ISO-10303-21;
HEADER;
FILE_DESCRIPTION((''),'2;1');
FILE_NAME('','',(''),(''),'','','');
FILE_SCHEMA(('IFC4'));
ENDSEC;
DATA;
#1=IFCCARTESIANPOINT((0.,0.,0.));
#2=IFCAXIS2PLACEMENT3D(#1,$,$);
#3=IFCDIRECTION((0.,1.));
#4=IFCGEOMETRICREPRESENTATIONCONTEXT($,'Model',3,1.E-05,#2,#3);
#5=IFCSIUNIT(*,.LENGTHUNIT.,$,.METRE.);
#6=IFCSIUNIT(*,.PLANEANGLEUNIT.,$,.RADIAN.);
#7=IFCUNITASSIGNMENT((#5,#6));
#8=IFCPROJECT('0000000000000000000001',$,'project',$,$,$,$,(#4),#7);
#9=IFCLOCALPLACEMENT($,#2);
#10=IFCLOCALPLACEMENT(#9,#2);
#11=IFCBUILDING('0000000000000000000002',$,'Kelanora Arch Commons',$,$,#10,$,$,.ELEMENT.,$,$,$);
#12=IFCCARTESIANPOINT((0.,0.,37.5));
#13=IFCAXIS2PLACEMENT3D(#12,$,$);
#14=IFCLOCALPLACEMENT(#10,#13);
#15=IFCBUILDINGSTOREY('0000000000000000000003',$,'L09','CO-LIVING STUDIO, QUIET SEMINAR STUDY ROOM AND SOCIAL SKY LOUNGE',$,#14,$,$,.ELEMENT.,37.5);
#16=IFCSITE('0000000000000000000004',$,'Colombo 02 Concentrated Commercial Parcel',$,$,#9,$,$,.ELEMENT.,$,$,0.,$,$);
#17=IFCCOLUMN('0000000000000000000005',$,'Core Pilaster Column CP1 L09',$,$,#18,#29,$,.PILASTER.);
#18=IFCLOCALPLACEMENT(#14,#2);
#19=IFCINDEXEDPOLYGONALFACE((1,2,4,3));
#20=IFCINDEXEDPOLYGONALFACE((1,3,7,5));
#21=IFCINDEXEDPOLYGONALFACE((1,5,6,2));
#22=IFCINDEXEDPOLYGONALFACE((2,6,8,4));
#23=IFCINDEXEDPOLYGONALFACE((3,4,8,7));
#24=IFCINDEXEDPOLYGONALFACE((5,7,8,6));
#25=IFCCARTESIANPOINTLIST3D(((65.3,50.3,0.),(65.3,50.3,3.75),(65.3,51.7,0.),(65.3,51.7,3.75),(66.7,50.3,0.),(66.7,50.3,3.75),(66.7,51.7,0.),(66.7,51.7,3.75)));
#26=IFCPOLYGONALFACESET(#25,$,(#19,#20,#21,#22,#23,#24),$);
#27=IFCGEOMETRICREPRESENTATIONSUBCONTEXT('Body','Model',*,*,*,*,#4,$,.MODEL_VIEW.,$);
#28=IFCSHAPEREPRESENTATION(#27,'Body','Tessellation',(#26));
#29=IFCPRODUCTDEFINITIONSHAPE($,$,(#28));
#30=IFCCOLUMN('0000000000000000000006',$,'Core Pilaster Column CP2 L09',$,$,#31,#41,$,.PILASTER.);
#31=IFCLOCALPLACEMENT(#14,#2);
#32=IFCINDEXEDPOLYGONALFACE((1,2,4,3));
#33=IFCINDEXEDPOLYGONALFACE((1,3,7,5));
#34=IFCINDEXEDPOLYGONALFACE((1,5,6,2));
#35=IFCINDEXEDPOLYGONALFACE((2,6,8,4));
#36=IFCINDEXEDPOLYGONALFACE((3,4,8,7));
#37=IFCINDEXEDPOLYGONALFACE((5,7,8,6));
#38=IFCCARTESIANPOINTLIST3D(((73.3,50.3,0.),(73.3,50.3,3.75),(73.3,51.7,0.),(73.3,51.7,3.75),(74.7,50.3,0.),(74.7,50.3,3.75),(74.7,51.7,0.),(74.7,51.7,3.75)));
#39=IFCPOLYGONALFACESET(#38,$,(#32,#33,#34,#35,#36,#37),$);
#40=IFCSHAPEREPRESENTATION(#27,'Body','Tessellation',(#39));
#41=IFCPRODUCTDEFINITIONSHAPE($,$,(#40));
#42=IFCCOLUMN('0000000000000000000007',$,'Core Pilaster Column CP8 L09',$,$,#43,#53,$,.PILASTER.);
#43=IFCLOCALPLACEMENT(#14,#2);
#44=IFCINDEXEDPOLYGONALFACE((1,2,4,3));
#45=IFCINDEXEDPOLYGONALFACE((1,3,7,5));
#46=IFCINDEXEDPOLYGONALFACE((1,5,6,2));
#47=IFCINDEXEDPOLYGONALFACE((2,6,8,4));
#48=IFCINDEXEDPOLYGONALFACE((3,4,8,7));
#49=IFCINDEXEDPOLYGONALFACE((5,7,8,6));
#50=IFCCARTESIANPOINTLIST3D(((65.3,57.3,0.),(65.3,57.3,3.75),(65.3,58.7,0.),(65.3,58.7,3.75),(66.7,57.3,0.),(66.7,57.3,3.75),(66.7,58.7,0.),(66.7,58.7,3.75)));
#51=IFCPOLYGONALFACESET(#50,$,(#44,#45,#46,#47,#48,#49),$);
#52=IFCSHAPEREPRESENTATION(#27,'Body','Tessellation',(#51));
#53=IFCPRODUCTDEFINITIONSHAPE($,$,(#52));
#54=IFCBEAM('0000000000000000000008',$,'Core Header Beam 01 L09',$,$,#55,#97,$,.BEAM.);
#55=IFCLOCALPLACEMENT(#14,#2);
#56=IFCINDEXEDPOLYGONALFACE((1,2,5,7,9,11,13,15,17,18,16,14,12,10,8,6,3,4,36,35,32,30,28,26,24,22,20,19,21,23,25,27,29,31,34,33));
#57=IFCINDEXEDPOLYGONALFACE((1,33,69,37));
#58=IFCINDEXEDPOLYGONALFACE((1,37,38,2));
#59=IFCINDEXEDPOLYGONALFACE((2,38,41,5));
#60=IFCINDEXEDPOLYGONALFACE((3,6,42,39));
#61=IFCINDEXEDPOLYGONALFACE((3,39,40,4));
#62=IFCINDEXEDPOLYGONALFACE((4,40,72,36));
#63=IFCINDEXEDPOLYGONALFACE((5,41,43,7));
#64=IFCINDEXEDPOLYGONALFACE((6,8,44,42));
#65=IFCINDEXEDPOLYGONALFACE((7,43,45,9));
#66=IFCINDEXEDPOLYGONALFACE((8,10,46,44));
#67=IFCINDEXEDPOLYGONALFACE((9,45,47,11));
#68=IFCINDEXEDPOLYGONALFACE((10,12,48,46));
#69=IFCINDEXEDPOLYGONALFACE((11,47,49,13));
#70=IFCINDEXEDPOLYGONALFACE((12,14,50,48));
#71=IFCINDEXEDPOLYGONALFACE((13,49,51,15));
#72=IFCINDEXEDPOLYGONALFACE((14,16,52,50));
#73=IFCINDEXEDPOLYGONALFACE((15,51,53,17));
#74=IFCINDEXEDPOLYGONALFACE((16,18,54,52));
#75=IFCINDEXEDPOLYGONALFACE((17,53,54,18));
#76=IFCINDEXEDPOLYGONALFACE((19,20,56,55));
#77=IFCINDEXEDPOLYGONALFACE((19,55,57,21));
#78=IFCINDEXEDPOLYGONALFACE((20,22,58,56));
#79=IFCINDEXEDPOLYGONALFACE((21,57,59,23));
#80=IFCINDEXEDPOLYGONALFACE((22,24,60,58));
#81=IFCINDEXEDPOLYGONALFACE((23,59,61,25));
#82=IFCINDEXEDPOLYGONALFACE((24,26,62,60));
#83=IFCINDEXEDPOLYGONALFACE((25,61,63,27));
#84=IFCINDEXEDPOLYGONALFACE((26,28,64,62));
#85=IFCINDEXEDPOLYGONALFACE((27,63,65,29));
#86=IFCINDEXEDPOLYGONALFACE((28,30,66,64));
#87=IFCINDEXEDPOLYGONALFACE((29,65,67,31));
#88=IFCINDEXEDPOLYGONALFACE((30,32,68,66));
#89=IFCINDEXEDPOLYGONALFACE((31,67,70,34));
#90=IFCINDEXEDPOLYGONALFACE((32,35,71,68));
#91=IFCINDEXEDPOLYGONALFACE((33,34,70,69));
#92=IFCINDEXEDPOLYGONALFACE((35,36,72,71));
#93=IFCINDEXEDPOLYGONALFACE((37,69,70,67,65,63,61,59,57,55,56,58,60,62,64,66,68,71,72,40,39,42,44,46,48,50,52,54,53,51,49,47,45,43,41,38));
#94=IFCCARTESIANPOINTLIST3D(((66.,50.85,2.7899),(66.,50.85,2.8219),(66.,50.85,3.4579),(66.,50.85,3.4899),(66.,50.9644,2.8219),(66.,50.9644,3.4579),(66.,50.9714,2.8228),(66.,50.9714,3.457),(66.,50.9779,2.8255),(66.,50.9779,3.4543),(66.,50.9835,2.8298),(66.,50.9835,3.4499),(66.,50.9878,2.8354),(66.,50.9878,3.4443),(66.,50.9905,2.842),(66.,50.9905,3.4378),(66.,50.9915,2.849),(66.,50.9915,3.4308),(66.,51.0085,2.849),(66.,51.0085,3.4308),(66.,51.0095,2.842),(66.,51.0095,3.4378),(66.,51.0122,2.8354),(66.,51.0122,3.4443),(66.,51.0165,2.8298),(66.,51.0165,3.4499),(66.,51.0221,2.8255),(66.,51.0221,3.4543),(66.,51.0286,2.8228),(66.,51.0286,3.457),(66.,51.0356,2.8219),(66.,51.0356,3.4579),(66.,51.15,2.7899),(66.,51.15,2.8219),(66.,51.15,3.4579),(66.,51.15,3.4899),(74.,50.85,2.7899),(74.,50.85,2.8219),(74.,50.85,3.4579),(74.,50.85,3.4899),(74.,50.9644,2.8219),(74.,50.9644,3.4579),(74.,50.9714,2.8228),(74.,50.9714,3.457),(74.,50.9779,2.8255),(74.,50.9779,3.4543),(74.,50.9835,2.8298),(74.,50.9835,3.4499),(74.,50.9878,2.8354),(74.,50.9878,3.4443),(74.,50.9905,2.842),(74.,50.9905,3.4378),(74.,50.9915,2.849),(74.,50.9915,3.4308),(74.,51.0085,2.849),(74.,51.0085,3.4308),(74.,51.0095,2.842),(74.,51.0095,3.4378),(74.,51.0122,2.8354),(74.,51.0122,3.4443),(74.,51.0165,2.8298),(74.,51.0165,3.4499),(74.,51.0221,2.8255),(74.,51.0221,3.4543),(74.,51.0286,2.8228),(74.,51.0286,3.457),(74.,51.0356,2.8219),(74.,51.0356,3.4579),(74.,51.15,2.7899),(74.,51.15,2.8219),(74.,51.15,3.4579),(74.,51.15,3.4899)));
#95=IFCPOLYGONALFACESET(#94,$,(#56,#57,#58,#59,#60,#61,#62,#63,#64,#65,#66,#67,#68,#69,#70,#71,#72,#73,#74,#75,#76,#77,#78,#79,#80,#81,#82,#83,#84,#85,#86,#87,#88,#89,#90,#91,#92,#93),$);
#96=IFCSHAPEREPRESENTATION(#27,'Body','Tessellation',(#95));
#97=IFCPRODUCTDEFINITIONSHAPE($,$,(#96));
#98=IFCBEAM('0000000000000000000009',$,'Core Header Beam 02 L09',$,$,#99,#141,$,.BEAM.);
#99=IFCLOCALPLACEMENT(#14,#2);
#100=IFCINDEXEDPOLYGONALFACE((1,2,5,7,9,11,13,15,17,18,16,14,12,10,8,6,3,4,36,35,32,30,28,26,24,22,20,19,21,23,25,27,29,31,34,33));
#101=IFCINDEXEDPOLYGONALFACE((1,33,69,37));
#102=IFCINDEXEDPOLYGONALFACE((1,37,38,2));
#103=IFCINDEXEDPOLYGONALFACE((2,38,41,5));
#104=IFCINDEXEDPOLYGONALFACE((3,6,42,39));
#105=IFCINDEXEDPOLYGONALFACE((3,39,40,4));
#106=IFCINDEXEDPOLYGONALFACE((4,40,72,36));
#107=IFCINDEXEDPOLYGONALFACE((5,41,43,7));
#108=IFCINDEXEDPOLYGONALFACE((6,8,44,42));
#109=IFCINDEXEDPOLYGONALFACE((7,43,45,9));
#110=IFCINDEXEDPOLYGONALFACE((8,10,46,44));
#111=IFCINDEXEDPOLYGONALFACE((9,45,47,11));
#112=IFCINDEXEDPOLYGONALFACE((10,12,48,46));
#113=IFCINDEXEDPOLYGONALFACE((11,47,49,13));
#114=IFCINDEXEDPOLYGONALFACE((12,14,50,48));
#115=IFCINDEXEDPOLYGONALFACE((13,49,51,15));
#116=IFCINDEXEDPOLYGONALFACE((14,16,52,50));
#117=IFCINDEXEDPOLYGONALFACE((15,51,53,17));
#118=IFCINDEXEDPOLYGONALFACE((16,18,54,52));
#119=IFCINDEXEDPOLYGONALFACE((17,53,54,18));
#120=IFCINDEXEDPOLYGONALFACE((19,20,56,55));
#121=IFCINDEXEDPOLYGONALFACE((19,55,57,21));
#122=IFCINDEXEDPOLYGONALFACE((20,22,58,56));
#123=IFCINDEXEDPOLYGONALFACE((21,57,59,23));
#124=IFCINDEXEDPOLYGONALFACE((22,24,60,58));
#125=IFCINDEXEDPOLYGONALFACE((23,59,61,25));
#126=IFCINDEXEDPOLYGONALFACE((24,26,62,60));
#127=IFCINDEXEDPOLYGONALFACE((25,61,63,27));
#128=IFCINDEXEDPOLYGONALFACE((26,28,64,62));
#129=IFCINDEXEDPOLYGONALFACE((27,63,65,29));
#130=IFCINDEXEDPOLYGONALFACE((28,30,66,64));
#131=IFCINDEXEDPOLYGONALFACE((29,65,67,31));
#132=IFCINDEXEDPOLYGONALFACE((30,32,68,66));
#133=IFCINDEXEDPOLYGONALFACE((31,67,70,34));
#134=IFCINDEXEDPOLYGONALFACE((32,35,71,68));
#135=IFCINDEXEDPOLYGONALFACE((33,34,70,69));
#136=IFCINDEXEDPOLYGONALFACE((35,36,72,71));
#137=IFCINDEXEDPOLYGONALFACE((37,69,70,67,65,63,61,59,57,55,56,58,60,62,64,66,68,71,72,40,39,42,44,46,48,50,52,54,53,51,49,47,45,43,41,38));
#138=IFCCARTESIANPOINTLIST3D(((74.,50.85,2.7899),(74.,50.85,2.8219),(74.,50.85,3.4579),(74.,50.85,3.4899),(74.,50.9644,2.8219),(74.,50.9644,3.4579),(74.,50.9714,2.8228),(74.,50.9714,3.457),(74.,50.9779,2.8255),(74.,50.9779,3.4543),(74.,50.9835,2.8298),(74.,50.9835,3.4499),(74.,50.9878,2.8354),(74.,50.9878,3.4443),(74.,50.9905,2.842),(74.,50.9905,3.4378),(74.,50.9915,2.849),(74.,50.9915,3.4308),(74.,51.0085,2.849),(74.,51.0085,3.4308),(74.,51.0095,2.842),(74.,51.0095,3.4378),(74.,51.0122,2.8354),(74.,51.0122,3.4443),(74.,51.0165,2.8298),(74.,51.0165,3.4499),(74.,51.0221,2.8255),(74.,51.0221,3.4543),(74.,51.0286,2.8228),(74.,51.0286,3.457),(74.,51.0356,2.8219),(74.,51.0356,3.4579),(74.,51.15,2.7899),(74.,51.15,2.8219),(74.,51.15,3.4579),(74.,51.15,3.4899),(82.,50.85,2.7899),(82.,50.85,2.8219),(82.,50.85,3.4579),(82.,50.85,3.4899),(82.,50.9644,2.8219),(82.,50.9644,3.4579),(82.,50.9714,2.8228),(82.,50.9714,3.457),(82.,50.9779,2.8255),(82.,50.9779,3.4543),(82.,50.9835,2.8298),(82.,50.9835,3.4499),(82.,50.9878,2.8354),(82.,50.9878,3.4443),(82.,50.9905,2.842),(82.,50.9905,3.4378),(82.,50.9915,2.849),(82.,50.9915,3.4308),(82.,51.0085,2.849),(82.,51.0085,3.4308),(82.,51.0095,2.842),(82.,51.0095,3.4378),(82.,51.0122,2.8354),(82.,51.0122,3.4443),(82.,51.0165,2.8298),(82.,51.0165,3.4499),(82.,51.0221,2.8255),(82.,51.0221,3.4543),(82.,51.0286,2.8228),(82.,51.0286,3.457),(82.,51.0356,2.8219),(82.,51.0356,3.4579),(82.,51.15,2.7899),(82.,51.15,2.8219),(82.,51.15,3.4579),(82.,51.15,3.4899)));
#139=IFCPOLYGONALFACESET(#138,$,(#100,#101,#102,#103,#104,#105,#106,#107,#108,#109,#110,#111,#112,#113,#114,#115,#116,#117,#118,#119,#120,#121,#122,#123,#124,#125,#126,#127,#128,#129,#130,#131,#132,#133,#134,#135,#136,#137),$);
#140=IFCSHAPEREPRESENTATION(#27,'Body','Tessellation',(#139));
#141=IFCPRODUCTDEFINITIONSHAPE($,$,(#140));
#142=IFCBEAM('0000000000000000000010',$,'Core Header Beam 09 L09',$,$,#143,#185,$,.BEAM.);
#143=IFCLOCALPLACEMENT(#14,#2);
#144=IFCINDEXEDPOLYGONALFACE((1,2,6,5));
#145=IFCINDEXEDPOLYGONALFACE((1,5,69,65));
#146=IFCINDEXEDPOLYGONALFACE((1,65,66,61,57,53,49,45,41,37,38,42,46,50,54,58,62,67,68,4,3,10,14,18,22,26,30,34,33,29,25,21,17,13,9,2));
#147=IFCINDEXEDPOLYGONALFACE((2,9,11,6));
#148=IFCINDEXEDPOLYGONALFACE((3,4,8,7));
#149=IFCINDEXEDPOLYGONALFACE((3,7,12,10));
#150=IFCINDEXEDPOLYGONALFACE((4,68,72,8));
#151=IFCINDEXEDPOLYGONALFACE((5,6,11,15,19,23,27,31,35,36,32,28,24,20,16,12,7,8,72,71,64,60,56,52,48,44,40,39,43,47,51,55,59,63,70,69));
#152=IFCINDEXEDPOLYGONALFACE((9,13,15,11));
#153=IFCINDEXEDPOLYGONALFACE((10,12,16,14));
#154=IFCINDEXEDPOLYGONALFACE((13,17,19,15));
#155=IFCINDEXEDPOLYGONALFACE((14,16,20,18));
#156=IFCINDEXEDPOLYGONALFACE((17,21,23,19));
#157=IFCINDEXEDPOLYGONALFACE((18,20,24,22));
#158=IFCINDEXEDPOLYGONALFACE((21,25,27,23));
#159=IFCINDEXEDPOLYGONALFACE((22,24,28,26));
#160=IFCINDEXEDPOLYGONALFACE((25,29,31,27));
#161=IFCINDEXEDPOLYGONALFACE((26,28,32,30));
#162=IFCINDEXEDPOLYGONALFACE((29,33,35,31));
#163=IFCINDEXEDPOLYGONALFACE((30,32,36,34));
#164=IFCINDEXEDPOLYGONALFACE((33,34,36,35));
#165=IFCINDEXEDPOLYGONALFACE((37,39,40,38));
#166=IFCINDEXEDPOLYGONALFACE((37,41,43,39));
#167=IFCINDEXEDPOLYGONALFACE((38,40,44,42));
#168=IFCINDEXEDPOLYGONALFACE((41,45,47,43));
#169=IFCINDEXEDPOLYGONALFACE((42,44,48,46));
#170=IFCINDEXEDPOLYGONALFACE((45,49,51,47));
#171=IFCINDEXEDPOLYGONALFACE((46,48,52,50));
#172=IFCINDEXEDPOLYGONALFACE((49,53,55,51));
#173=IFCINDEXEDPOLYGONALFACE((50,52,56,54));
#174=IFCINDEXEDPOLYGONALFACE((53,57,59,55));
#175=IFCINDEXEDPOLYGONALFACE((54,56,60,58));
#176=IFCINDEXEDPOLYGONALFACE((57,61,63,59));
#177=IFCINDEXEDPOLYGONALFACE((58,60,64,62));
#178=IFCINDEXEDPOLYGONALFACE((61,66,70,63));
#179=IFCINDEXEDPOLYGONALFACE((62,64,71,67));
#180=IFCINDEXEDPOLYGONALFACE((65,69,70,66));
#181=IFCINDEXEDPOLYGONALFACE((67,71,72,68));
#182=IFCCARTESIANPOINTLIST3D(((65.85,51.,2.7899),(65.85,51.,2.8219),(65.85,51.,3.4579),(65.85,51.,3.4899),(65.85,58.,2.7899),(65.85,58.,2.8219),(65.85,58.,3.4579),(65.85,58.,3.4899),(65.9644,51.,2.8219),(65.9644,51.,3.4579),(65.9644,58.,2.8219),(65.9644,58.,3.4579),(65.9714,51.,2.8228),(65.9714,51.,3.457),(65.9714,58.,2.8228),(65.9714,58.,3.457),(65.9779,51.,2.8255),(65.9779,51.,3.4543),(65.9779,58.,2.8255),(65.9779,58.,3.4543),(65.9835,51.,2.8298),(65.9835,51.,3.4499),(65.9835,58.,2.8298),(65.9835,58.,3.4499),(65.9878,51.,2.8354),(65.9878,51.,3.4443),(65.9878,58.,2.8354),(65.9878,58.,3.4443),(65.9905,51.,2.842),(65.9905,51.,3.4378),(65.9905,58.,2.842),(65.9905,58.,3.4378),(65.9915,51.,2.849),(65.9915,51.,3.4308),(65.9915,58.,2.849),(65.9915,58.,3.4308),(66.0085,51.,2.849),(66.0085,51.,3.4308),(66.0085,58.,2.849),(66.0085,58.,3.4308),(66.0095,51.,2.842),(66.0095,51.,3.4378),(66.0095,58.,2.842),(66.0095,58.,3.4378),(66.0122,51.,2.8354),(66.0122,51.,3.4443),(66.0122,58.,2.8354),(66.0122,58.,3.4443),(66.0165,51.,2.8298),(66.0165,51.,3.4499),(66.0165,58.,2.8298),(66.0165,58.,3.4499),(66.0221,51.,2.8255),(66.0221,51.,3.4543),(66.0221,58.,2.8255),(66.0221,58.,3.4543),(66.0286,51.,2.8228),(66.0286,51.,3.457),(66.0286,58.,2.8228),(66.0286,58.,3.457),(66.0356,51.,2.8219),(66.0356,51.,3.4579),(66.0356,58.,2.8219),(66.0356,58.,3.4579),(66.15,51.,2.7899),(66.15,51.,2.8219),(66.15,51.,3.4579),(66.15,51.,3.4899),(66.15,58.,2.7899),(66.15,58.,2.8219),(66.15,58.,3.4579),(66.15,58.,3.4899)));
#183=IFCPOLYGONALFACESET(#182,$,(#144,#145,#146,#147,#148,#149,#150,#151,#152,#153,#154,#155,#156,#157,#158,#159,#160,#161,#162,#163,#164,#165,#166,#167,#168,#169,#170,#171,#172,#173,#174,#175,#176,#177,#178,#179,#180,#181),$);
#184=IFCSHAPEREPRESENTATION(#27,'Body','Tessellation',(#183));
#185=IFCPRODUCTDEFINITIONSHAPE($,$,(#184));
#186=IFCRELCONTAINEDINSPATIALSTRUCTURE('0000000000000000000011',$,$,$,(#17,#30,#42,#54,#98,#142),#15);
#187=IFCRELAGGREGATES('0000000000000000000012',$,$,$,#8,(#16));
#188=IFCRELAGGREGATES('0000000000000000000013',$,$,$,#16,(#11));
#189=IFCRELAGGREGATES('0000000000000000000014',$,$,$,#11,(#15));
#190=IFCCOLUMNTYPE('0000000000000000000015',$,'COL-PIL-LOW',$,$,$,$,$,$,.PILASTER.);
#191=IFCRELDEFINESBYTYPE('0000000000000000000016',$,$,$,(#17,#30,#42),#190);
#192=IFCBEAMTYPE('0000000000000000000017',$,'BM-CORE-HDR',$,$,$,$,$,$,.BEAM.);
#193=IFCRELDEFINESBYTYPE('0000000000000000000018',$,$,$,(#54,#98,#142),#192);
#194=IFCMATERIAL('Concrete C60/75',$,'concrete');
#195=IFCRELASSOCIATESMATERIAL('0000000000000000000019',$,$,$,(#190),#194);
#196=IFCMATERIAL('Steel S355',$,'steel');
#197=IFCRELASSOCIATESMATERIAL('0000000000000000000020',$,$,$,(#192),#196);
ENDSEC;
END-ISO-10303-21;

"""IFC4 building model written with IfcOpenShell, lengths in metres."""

from ifc_helpers import new_model, si_unit, direction, frame, origin, origin_2d, place, context, subcontext, project, spatial, rectangle, i_section, extrude, material, material_profile, profile_set, type_object, element, save


model = new_model("IFC4")

# Units and contexts
model_context = context("Model", 3, precision=1e-05, world=origin(), true_north=direction((0.0, 1.0)))
body_context = subcontext(model_context, "Body", "Model", "MODEL_VIEW")
ifc_project = project(units=[si_unit("LENGTHUNIT", "METRE"), si_unit("PLANEANGLEUNIT", "RADIAN")], contexts=[model_context])

# Site, building, storey
site_placement = place(None, origin())
site = spatial("IfcSite", under=ifc_project, at=site_placement, Name="Colombo 02 Concentrated Commercial Parcel", CompositionType="ELEMENT", RefElevation=0.0)
building_placement = place(site_placement, origin())
building = spatial("IfcBuilding", under=site, at=building_placement, Name="Kelanora Arch Commons", CompositionType="ELEMENT")
storey_placement = place(building_placement, frame((0.0, 0.0, 37.5)))
storey = spatial("IfcBuildingStorey", under=building, at=storey_placement, Name="L09", Description="CO-LIVING STUDIO, QUIET SEMINAR STUDY ROOM AND SOCIAL SKY LOUNGE", CompositionType="ELEMENT", Elevation=37.5)

# Columns
ifc_material_1 = material(Name="Concrete C60/75", Category="concrete")
ifc_material_profile_1 = material_profile(ifc_material_1, rectangle(XDim=1.3999, YDim=1.3999, at=origin_2d()), Name="RC1400x1400")
ifc_profile_set_1 = profile_set([ifc_material_profile_1], Name="Concrete C60/75")
column_type = type_object("IfcColumnType", Name="COL-PIL-LOW", PredefinedType="PILASTER", material=ifc_profile_set_1)
for number, where, z_axis, x_axis, name in (
    (1, (66.0, 51.0, 0.0), (0.0, 0.0, 1.0), (1.0, 0.0, 0.0), "Core Pilaster Column CP1 L09"),
    (2, (74.0, 51.0, 0.0), (0.0, 0.0, 1.0), (1.0, 0.0, 0.0), "Core Pilaster Column CP2 L09"),
    (3, (66.0, 58.0, 0.0), (0.0, 0.0, 1.0), (1.0, 0.0, 0.0), "Core Pilaster Column CP8 L09"),
):
    element("IfcColumn", number, at=place(storey_placement, frame(where, z_axis=z_axis, x_axis=x_axis)), inside=storey, type_object=column_type, Name=name, PredefinedType="PILASTER", context=body_context, shape_type="SweptSolid", body=[
        extrude(rectangle(XDim=1.3999, YDim=1.3999, at=origin_2d()), origin(), (0.0, 0.0, 1.0), 3.75),
    ])

# Beams
ifc_material_2 = material(Name="Steel S355", Category="steel")
ifc_material_profile_2 = material_profile(ifc_material_2, i_section(OverallWidth=0.3, OverallDepth=0.7, WebThickness=0.0171, FlangeThickness=0.032, FilletRadius=0.0271, at=origin_2d()), Name="HEB700")
ifc_profile_set_2 = profile_set([ifc_material_profile_2], Name="Steel S355")
beam_type_1 = type_object("IfcBeamType", Name="BM-CORE-HDR", PredefinedType="BEAM", material=ifc_profile_set_2)
for number, where, z_axis, x_axis, name in (
    (4, (66.0, 51.0, 3.1399), (1.0, 0.0, 0.0), (0.0, 1.0, 0.0), "Core Header Beam 01 L09"),
    (5, (74.0, 51.0, 3.1399), (1.0, 0.0, 0.0), (0.0, 1.0, 0.0), "Core Header Beam 02 L09"),
):
    element("IfcBeam", number, at=place(storey_placement, frame(where, z_axis=z_axis, x_axis=x_axis)), inside=storey, type_object=beam_type_1, Name=name, PredefinedType="BEAM", context=body_context, shape_type="SweptSolid", body=[
        extrude(i_section(OverallWidth=0.3, OverallDepth=0.7, WebThickness=0.0171, FlangeThickness=0.032, FilletRadius=0.0271, at=origin_2d()), origin(), (0.0, 0.0, 1.0), 8.0),
    ])
beam_1_placement = place(storey_placement, frame((66.0, 58.0, 3.1399), z_axis=(0.0, -1.0, 0.0), x_axis=(1.0, 0.0, 0.0)))
element("IfcBeam", 6, at=beam_1_placement, inside=storey, type_object=beam_type_1, Name="Core Header Beam 09 L09", PredefinedType="BEAM", context=body_context, shape_type="SweptSolid", body=[
    extrude(i_section(OverallWidth=0.3, OverallDepth=0.7, WebThickness=0.0171, FlangeThickness=0.032, FilletRadius=0.0271, at=origin_2d()), origin(), (0.0, 0.0, 1.0), 7.0),
])

save(model, "model.ifc")
